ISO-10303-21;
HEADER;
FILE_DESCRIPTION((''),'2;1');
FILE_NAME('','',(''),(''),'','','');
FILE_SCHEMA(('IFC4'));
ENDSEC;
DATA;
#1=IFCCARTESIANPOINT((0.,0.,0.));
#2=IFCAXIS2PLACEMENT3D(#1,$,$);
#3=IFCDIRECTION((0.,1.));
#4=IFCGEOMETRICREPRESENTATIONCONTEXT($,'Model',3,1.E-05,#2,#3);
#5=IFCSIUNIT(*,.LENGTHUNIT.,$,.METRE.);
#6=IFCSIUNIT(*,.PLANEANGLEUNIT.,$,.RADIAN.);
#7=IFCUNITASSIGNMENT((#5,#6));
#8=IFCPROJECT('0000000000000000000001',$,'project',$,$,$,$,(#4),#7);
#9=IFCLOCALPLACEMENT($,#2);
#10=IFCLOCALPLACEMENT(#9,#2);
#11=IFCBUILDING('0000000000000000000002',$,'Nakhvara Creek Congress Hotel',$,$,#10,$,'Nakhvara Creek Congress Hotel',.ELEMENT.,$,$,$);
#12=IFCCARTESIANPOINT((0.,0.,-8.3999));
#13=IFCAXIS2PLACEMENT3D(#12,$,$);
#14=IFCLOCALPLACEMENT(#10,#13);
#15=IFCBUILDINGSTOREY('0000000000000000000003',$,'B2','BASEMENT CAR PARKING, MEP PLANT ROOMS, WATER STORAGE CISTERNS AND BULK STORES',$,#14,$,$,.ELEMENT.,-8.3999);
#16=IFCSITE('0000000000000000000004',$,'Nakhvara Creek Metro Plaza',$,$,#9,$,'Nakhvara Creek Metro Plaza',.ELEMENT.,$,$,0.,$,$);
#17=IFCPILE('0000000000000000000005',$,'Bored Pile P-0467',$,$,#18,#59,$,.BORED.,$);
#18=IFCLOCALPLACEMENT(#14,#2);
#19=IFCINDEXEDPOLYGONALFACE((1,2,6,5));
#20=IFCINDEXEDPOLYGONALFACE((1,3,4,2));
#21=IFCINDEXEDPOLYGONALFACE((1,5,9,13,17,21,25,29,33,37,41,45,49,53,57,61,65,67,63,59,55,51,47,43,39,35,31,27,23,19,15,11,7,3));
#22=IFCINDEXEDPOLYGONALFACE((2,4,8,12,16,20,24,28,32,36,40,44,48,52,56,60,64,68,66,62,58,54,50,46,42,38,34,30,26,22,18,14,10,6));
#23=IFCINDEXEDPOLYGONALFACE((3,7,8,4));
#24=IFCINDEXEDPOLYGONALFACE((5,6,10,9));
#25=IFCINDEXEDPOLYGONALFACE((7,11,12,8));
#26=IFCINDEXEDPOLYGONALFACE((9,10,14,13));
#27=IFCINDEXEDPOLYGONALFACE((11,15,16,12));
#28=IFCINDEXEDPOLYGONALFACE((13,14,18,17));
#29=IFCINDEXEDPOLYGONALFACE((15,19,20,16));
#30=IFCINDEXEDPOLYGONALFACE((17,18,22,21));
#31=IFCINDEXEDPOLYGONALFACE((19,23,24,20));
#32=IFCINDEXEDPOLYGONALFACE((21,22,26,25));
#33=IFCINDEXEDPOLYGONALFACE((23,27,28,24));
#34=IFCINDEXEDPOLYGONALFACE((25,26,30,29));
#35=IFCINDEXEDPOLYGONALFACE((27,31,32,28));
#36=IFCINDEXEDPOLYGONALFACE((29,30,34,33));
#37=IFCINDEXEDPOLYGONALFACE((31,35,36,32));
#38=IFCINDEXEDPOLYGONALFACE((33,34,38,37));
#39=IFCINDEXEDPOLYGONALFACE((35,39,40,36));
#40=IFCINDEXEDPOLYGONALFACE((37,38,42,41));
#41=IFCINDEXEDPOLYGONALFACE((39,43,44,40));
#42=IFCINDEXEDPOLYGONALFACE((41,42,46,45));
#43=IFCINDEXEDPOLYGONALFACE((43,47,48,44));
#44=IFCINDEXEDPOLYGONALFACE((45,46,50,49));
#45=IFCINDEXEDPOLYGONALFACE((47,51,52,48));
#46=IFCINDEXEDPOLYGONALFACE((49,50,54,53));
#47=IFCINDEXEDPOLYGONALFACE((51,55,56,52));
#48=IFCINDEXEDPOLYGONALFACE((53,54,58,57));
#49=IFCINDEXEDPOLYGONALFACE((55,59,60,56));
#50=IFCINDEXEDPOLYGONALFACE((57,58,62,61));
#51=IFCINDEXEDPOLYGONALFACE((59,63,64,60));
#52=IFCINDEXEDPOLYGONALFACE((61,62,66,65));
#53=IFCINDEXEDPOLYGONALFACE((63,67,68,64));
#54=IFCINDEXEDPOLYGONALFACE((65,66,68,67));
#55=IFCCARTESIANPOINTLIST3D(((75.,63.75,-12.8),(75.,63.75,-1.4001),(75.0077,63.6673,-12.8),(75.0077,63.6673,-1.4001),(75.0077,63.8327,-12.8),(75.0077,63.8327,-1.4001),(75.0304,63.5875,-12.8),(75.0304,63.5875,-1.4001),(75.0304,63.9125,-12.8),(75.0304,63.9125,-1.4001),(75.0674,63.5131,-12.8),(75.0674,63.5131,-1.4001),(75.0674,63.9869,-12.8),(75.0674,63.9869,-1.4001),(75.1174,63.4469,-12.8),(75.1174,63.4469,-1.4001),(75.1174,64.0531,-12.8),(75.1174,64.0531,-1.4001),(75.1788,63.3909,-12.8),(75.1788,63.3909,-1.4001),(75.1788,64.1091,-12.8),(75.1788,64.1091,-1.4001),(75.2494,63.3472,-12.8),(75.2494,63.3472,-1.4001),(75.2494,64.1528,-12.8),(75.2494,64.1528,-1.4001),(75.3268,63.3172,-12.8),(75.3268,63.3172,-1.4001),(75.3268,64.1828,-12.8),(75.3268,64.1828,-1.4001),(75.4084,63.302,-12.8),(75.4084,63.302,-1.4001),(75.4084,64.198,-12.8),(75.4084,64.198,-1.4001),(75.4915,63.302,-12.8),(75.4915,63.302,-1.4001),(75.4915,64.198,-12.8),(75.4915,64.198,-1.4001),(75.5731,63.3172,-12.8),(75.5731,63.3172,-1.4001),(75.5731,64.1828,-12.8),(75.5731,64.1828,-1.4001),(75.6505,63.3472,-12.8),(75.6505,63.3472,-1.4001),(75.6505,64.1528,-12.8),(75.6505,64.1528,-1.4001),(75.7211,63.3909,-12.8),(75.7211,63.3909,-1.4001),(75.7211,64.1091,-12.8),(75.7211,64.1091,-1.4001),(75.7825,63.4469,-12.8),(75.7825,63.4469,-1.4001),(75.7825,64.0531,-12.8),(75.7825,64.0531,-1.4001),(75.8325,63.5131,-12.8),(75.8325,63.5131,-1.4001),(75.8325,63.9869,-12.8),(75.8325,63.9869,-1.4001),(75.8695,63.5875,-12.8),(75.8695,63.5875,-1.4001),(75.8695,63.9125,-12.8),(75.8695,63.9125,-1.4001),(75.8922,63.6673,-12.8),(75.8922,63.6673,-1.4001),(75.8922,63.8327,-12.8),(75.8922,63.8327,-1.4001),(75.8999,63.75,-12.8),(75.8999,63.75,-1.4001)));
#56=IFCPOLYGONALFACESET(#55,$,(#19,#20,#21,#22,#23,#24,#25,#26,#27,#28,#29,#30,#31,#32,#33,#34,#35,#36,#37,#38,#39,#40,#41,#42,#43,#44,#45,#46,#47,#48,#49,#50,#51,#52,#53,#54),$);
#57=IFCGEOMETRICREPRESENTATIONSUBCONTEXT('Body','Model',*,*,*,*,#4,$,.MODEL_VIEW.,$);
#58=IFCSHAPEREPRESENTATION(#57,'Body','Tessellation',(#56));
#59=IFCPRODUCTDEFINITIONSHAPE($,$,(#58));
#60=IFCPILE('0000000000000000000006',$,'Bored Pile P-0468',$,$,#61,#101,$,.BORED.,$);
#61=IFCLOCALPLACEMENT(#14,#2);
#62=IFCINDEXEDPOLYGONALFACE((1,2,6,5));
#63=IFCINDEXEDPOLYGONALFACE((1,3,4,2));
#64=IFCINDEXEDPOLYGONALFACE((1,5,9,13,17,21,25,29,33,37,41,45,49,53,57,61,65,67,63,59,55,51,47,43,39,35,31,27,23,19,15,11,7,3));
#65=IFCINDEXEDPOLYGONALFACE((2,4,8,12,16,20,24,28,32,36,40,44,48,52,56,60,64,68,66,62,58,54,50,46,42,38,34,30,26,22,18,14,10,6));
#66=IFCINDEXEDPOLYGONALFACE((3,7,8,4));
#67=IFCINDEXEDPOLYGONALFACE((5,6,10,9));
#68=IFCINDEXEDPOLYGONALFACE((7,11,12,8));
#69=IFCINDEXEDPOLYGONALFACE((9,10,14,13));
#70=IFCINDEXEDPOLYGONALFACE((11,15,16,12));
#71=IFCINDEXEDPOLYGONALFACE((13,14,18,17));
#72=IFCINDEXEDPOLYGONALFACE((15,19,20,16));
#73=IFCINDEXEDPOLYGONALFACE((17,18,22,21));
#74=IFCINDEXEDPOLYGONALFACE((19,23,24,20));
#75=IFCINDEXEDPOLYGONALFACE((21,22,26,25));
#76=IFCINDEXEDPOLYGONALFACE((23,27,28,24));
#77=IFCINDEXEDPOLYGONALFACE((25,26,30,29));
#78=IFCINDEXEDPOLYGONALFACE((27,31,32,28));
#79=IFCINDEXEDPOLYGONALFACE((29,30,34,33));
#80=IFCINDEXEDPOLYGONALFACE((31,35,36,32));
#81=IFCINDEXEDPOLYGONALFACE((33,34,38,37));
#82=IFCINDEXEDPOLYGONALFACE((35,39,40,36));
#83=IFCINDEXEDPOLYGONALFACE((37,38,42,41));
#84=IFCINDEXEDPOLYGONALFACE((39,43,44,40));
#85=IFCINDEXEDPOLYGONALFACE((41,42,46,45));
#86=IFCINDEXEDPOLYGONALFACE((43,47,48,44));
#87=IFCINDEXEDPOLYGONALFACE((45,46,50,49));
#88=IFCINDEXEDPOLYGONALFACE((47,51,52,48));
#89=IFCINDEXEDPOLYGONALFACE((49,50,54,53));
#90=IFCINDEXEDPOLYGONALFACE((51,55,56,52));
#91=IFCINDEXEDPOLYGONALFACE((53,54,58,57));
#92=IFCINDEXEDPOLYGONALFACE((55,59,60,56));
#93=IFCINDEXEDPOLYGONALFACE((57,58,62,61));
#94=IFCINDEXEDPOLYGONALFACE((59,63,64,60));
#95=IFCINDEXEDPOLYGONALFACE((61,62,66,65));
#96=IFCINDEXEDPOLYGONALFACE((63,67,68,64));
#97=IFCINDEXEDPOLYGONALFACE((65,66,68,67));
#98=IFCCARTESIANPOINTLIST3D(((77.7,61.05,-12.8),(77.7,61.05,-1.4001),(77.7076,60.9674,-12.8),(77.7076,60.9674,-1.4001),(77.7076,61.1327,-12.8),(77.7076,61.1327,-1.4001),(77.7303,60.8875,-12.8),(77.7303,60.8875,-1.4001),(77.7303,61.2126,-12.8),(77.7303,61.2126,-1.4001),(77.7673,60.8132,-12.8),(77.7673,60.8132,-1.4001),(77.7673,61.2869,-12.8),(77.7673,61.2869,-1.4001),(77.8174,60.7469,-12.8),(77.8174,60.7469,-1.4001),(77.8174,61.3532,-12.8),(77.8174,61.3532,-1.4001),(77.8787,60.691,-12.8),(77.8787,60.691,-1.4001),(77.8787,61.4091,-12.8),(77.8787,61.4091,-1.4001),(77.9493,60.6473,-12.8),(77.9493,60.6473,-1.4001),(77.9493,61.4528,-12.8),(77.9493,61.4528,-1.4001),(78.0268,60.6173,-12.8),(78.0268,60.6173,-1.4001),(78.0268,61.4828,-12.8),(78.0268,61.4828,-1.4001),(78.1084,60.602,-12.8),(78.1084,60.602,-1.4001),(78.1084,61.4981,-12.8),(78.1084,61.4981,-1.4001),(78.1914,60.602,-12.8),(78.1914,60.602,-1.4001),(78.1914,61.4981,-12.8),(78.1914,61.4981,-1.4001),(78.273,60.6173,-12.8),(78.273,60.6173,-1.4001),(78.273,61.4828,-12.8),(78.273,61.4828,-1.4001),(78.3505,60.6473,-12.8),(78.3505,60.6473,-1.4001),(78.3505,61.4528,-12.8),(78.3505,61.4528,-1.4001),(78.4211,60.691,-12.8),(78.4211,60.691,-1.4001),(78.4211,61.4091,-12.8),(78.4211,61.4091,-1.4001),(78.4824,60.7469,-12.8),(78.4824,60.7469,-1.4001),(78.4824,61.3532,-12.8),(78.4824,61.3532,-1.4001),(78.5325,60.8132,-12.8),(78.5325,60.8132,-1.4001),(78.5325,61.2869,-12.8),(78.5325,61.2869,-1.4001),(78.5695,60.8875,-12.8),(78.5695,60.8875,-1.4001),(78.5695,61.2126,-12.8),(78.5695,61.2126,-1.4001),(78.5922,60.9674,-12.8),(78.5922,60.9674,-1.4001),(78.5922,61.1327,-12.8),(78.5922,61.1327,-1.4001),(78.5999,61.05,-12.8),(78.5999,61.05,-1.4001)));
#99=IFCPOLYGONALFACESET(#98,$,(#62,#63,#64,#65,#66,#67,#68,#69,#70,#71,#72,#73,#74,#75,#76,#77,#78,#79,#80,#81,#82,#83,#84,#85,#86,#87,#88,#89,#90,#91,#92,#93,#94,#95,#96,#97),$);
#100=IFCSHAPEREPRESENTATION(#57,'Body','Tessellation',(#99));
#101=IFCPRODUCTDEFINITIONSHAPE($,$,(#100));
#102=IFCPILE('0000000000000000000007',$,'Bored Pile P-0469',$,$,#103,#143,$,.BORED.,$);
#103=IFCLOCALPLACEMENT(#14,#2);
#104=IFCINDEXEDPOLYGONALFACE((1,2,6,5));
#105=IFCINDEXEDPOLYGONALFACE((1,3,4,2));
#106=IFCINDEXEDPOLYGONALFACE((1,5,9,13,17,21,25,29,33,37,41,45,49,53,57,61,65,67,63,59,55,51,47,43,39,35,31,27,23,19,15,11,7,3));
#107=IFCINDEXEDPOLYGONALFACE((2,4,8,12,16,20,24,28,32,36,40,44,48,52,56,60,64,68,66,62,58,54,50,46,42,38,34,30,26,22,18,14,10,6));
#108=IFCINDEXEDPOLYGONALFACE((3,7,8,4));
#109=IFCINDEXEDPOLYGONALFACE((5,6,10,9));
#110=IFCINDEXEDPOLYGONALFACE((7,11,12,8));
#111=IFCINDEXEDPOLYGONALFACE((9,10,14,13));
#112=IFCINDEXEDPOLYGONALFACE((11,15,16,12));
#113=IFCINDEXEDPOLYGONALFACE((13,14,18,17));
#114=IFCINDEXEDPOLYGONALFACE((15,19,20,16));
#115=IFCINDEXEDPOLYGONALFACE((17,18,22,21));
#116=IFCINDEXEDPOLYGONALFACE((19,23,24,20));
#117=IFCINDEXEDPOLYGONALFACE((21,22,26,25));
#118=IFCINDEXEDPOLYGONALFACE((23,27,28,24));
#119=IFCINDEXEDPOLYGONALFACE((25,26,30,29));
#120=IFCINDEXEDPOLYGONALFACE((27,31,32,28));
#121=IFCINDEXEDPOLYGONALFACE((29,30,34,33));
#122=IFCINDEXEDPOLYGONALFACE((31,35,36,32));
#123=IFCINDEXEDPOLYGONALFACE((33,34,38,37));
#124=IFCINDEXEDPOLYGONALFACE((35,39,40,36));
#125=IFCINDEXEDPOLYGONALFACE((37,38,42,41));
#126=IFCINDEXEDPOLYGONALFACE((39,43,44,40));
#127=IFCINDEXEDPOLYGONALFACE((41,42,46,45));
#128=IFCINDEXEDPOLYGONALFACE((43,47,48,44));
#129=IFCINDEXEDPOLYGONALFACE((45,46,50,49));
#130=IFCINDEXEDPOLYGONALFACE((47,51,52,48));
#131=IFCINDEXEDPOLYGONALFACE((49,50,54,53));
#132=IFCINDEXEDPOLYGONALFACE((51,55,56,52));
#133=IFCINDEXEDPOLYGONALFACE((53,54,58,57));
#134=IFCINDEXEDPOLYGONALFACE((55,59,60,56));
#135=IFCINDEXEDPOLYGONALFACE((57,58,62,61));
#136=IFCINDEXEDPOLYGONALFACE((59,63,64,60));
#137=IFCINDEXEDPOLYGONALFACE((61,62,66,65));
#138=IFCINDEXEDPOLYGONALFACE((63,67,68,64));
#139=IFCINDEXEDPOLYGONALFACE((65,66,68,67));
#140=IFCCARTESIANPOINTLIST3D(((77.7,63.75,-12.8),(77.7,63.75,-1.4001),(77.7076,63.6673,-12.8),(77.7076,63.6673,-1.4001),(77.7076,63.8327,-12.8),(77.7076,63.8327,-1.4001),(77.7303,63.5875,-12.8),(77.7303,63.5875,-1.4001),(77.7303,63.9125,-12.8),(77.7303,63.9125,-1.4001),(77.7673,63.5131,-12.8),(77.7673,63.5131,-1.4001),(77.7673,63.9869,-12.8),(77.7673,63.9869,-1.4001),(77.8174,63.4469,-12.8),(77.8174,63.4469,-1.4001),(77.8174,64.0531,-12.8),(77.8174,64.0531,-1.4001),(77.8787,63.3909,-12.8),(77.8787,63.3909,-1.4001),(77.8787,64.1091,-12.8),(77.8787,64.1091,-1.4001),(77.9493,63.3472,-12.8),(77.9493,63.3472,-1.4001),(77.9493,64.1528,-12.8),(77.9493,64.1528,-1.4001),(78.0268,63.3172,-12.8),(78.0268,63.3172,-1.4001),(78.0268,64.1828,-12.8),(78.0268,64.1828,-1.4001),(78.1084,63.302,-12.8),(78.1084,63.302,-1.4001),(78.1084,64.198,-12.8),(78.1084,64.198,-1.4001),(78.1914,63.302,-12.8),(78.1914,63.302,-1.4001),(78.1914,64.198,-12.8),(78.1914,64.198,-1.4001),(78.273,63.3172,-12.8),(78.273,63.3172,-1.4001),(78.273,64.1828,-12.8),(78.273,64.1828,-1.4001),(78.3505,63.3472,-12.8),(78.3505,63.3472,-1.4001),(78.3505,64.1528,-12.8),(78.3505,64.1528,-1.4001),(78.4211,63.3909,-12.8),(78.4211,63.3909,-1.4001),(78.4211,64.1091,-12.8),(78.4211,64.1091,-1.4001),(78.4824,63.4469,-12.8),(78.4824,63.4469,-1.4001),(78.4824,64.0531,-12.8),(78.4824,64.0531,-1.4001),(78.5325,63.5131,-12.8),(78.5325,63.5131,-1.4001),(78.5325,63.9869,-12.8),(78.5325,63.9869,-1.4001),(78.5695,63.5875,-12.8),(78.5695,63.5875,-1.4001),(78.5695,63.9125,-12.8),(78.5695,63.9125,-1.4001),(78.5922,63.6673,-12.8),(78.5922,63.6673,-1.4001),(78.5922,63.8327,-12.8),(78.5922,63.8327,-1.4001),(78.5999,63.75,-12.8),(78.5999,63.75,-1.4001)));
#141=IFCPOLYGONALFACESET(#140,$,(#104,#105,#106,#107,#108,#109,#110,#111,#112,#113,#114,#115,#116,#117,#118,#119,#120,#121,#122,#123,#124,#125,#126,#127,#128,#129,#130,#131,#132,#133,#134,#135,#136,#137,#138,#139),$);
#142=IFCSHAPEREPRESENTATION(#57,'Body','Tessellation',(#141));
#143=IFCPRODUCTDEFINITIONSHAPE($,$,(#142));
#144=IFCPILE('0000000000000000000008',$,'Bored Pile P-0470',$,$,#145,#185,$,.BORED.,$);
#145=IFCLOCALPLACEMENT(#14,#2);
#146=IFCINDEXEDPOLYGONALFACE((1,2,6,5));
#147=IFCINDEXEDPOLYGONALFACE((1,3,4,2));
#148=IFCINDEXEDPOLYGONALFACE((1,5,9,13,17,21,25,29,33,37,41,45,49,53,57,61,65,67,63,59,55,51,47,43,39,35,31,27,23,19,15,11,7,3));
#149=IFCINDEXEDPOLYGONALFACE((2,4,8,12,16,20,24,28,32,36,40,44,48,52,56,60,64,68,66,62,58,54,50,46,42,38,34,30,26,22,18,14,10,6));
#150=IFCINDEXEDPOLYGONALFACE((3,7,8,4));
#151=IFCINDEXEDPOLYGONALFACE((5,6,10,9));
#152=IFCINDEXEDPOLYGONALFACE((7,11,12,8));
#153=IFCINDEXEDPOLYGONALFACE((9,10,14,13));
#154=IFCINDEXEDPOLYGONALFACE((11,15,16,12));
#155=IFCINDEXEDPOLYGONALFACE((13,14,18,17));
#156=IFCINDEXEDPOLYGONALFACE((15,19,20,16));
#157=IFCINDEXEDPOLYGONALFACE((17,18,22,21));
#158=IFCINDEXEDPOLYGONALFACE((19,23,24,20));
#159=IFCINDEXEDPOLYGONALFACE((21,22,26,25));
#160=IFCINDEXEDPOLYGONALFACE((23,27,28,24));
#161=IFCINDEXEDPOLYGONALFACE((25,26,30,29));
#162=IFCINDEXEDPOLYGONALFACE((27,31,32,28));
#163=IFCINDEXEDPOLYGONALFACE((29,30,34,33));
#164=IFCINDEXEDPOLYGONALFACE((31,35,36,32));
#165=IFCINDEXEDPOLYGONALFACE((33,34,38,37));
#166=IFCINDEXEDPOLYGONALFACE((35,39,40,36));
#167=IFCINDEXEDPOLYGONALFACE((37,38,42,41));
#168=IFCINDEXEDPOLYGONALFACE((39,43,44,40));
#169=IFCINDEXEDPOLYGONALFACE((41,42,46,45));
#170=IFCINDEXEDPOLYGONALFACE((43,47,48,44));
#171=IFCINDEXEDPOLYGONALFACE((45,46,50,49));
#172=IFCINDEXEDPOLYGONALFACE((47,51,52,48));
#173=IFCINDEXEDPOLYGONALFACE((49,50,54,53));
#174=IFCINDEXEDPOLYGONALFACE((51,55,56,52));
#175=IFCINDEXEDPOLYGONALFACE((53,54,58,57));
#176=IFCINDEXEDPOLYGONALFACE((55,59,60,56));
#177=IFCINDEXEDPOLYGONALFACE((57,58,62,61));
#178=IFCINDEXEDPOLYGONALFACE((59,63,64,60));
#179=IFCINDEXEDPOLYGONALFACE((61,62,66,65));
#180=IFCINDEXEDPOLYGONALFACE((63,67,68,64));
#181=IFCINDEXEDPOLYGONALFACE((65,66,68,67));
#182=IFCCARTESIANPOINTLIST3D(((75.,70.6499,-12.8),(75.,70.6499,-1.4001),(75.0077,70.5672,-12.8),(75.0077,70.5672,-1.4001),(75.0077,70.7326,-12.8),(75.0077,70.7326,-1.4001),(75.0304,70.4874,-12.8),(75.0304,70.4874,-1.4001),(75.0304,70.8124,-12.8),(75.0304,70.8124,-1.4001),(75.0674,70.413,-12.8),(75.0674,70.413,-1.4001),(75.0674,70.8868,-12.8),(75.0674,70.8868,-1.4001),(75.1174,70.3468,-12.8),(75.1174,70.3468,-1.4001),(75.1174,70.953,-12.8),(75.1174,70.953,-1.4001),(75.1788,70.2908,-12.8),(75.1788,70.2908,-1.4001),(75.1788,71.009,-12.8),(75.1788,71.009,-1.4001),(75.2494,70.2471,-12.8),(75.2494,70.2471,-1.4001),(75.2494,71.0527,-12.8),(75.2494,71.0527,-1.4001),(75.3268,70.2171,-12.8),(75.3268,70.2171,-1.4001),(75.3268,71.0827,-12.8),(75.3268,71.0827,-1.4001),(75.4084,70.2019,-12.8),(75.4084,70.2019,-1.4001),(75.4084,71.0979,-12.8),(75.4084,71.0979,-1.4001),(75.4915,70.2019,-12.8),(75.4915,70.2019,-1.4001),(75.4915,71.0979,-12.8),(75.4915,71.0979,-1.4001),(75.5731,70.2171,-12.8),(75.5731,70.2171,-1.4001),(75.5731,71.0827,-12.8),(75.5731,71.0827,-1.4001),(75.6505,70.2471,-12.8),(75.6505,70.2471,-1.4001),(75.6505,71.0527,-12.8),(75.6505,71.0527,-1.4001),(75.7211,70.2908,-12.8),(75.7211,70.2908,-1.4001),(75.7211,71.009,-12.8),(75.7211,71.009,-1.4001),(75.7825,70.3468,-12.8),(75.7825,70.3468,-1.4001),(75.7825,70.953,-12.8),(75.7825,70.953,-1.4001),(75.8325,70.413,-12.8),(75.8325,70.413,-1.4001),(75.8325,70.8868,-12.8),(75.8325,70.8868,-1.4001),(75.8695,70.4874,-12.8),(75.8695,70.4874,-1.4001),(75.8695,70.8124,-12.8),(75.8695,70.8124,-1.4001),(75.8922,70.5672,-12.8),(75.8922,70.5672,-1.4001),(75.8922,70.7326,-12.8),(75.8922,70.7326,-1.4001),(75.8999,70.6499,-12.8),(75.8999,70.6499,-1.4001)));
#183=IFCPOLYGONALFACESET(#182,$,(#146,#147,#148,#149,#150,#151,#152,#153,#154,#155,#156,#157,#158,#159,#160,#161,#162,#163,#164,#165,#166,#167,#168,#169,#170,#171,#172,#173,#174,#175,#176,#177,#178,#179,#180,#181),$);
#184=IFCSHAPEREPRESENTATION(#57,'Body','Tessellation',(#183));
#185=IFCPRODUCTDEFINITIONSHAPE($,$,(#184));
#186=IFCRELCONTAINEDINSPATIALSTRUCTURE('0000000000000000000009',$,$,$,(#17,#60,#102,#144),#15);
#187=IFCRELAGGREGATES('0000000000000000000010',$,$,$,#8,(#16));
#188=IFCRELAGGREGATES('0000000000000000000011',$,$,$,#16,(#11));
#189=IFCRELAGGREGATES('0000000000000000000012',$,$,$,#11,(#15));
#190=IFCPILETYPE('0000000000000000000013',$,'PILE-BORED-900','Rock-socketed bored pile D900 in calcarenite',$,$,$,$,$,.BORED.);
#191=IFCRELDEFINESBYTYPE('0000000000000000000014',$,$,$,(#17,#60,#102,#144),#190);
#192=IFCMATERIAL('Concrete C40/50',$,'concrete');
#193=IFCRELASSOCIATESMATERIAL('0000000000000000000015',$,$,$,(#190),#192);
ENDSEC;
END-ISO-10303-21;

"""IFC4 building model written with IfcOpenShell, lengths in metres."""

from ifc_helpers import new_model, si_unit, direction, frame, origin, origin_2d, place, context, subcontext, project, spatial, circle, extrude, material, material_profile, profile_set, type_object, element, save


model = new_model("IFC4")

# Units and contexts
model_context = context("Model", 3, precision=1e-05, world=origin(), true_north=direction((0.0, 1.0)))
body_context = subcontext(model_context, "Body", "Model", "MODEL_VIEW")
ifc_project = project(units=[si_unit("LENGTHUNIT", "METRE"), si_unit("PLANEANGLEUNIT", "RADIAN")], contexts=[model_context])

# Site, building, storey
site_placement = place(None, origin())
site = spatial("IfcSite", under=ifc_project, at=site_placement, Name="Nakhvara Creek Metro Plaza", LongName="Nakhvara Creek Metro Plaza", CompositionType="ELEMENT", RefElevation=0.0)
building_placement = place(site_placement, origin())
building = spatial("IfcBuilding", under=site, at=building_placement, Name="Nakhvara Creek Congress Hotel", LongName="Nakhvara Creek Congress Hotel", CompositionType="ELEMENT")
storey_placement = place(building_placement, frame((0.0, 0.0, -8.3999)))
storey = spatial("IfcBuildingStorey", under=building, at=storey_placement, Name="B2", Description="BASEMENT CAR PARKING, MEP PLANT ROOMS, WATER STORAGE CISTERNS AND BULK STORES", CompositionType="ELEMENT", Elevation=-8.3999)

# Shared definitions
ifc_material_1 = material(Name="Concrete C40/50", Category="concrete")

# Piles
ifc_material_profile_1 = material_profile(ifc_material_1, circle(Radius=0.45, at=origin_2d()), Name="BORED PILE D900", Category="LoadBearing")
ifc_profile_set_1 = profile_set([ifc_material_profile_1], Name="Concrete C40/50")
pile_type = type_object("IfcPileType", Name="PILE-BORED-900", Description="Rock-socketed bored pile D900 in calcarenite", PredefinedType="BORED", material=ifc_profile_set_1)
for number, where, z_axis, x_axis, name in (
    (1, (75.45, 63.75, -1.4001), (0.0, 0.0, -1.0), (1.0, 0.0, 0.0), "Bored Pile P-0467"),
    (2, (78.1499, 61.05, -1.4001), (0.0, 0.0, -1.0), (1.0, 0.0, 0.0), "Bored Pile P-0468"),
    (3, (78.1499, 63.75, -1.4001), (0.0, 0.0, -1.0), (1.0, 0.0, 0.0), "Bored Pile P-0469"),
    (4, (75.45, 70.6499, -1.4001), (0.0, 0.0, -1.0), (1.0, 0.0, 0.0), "Bored Pile P-0470"),
):
    element("IfcPile", number, at=place(storey_placement, frame(where, z_axis=z_axis, x_axis=x_axis)), inside=storey, type_object=pile_type, Name=name, PredefinedType="BORED", context=body_context, shape_type="SweptSolid", body=[
        extrude(circle(Radius=0.45, at=origin_2d()), origin(), (0.0, 0.0, 1.0), 11.3999),
    ])

save(model, "model.ifc")
